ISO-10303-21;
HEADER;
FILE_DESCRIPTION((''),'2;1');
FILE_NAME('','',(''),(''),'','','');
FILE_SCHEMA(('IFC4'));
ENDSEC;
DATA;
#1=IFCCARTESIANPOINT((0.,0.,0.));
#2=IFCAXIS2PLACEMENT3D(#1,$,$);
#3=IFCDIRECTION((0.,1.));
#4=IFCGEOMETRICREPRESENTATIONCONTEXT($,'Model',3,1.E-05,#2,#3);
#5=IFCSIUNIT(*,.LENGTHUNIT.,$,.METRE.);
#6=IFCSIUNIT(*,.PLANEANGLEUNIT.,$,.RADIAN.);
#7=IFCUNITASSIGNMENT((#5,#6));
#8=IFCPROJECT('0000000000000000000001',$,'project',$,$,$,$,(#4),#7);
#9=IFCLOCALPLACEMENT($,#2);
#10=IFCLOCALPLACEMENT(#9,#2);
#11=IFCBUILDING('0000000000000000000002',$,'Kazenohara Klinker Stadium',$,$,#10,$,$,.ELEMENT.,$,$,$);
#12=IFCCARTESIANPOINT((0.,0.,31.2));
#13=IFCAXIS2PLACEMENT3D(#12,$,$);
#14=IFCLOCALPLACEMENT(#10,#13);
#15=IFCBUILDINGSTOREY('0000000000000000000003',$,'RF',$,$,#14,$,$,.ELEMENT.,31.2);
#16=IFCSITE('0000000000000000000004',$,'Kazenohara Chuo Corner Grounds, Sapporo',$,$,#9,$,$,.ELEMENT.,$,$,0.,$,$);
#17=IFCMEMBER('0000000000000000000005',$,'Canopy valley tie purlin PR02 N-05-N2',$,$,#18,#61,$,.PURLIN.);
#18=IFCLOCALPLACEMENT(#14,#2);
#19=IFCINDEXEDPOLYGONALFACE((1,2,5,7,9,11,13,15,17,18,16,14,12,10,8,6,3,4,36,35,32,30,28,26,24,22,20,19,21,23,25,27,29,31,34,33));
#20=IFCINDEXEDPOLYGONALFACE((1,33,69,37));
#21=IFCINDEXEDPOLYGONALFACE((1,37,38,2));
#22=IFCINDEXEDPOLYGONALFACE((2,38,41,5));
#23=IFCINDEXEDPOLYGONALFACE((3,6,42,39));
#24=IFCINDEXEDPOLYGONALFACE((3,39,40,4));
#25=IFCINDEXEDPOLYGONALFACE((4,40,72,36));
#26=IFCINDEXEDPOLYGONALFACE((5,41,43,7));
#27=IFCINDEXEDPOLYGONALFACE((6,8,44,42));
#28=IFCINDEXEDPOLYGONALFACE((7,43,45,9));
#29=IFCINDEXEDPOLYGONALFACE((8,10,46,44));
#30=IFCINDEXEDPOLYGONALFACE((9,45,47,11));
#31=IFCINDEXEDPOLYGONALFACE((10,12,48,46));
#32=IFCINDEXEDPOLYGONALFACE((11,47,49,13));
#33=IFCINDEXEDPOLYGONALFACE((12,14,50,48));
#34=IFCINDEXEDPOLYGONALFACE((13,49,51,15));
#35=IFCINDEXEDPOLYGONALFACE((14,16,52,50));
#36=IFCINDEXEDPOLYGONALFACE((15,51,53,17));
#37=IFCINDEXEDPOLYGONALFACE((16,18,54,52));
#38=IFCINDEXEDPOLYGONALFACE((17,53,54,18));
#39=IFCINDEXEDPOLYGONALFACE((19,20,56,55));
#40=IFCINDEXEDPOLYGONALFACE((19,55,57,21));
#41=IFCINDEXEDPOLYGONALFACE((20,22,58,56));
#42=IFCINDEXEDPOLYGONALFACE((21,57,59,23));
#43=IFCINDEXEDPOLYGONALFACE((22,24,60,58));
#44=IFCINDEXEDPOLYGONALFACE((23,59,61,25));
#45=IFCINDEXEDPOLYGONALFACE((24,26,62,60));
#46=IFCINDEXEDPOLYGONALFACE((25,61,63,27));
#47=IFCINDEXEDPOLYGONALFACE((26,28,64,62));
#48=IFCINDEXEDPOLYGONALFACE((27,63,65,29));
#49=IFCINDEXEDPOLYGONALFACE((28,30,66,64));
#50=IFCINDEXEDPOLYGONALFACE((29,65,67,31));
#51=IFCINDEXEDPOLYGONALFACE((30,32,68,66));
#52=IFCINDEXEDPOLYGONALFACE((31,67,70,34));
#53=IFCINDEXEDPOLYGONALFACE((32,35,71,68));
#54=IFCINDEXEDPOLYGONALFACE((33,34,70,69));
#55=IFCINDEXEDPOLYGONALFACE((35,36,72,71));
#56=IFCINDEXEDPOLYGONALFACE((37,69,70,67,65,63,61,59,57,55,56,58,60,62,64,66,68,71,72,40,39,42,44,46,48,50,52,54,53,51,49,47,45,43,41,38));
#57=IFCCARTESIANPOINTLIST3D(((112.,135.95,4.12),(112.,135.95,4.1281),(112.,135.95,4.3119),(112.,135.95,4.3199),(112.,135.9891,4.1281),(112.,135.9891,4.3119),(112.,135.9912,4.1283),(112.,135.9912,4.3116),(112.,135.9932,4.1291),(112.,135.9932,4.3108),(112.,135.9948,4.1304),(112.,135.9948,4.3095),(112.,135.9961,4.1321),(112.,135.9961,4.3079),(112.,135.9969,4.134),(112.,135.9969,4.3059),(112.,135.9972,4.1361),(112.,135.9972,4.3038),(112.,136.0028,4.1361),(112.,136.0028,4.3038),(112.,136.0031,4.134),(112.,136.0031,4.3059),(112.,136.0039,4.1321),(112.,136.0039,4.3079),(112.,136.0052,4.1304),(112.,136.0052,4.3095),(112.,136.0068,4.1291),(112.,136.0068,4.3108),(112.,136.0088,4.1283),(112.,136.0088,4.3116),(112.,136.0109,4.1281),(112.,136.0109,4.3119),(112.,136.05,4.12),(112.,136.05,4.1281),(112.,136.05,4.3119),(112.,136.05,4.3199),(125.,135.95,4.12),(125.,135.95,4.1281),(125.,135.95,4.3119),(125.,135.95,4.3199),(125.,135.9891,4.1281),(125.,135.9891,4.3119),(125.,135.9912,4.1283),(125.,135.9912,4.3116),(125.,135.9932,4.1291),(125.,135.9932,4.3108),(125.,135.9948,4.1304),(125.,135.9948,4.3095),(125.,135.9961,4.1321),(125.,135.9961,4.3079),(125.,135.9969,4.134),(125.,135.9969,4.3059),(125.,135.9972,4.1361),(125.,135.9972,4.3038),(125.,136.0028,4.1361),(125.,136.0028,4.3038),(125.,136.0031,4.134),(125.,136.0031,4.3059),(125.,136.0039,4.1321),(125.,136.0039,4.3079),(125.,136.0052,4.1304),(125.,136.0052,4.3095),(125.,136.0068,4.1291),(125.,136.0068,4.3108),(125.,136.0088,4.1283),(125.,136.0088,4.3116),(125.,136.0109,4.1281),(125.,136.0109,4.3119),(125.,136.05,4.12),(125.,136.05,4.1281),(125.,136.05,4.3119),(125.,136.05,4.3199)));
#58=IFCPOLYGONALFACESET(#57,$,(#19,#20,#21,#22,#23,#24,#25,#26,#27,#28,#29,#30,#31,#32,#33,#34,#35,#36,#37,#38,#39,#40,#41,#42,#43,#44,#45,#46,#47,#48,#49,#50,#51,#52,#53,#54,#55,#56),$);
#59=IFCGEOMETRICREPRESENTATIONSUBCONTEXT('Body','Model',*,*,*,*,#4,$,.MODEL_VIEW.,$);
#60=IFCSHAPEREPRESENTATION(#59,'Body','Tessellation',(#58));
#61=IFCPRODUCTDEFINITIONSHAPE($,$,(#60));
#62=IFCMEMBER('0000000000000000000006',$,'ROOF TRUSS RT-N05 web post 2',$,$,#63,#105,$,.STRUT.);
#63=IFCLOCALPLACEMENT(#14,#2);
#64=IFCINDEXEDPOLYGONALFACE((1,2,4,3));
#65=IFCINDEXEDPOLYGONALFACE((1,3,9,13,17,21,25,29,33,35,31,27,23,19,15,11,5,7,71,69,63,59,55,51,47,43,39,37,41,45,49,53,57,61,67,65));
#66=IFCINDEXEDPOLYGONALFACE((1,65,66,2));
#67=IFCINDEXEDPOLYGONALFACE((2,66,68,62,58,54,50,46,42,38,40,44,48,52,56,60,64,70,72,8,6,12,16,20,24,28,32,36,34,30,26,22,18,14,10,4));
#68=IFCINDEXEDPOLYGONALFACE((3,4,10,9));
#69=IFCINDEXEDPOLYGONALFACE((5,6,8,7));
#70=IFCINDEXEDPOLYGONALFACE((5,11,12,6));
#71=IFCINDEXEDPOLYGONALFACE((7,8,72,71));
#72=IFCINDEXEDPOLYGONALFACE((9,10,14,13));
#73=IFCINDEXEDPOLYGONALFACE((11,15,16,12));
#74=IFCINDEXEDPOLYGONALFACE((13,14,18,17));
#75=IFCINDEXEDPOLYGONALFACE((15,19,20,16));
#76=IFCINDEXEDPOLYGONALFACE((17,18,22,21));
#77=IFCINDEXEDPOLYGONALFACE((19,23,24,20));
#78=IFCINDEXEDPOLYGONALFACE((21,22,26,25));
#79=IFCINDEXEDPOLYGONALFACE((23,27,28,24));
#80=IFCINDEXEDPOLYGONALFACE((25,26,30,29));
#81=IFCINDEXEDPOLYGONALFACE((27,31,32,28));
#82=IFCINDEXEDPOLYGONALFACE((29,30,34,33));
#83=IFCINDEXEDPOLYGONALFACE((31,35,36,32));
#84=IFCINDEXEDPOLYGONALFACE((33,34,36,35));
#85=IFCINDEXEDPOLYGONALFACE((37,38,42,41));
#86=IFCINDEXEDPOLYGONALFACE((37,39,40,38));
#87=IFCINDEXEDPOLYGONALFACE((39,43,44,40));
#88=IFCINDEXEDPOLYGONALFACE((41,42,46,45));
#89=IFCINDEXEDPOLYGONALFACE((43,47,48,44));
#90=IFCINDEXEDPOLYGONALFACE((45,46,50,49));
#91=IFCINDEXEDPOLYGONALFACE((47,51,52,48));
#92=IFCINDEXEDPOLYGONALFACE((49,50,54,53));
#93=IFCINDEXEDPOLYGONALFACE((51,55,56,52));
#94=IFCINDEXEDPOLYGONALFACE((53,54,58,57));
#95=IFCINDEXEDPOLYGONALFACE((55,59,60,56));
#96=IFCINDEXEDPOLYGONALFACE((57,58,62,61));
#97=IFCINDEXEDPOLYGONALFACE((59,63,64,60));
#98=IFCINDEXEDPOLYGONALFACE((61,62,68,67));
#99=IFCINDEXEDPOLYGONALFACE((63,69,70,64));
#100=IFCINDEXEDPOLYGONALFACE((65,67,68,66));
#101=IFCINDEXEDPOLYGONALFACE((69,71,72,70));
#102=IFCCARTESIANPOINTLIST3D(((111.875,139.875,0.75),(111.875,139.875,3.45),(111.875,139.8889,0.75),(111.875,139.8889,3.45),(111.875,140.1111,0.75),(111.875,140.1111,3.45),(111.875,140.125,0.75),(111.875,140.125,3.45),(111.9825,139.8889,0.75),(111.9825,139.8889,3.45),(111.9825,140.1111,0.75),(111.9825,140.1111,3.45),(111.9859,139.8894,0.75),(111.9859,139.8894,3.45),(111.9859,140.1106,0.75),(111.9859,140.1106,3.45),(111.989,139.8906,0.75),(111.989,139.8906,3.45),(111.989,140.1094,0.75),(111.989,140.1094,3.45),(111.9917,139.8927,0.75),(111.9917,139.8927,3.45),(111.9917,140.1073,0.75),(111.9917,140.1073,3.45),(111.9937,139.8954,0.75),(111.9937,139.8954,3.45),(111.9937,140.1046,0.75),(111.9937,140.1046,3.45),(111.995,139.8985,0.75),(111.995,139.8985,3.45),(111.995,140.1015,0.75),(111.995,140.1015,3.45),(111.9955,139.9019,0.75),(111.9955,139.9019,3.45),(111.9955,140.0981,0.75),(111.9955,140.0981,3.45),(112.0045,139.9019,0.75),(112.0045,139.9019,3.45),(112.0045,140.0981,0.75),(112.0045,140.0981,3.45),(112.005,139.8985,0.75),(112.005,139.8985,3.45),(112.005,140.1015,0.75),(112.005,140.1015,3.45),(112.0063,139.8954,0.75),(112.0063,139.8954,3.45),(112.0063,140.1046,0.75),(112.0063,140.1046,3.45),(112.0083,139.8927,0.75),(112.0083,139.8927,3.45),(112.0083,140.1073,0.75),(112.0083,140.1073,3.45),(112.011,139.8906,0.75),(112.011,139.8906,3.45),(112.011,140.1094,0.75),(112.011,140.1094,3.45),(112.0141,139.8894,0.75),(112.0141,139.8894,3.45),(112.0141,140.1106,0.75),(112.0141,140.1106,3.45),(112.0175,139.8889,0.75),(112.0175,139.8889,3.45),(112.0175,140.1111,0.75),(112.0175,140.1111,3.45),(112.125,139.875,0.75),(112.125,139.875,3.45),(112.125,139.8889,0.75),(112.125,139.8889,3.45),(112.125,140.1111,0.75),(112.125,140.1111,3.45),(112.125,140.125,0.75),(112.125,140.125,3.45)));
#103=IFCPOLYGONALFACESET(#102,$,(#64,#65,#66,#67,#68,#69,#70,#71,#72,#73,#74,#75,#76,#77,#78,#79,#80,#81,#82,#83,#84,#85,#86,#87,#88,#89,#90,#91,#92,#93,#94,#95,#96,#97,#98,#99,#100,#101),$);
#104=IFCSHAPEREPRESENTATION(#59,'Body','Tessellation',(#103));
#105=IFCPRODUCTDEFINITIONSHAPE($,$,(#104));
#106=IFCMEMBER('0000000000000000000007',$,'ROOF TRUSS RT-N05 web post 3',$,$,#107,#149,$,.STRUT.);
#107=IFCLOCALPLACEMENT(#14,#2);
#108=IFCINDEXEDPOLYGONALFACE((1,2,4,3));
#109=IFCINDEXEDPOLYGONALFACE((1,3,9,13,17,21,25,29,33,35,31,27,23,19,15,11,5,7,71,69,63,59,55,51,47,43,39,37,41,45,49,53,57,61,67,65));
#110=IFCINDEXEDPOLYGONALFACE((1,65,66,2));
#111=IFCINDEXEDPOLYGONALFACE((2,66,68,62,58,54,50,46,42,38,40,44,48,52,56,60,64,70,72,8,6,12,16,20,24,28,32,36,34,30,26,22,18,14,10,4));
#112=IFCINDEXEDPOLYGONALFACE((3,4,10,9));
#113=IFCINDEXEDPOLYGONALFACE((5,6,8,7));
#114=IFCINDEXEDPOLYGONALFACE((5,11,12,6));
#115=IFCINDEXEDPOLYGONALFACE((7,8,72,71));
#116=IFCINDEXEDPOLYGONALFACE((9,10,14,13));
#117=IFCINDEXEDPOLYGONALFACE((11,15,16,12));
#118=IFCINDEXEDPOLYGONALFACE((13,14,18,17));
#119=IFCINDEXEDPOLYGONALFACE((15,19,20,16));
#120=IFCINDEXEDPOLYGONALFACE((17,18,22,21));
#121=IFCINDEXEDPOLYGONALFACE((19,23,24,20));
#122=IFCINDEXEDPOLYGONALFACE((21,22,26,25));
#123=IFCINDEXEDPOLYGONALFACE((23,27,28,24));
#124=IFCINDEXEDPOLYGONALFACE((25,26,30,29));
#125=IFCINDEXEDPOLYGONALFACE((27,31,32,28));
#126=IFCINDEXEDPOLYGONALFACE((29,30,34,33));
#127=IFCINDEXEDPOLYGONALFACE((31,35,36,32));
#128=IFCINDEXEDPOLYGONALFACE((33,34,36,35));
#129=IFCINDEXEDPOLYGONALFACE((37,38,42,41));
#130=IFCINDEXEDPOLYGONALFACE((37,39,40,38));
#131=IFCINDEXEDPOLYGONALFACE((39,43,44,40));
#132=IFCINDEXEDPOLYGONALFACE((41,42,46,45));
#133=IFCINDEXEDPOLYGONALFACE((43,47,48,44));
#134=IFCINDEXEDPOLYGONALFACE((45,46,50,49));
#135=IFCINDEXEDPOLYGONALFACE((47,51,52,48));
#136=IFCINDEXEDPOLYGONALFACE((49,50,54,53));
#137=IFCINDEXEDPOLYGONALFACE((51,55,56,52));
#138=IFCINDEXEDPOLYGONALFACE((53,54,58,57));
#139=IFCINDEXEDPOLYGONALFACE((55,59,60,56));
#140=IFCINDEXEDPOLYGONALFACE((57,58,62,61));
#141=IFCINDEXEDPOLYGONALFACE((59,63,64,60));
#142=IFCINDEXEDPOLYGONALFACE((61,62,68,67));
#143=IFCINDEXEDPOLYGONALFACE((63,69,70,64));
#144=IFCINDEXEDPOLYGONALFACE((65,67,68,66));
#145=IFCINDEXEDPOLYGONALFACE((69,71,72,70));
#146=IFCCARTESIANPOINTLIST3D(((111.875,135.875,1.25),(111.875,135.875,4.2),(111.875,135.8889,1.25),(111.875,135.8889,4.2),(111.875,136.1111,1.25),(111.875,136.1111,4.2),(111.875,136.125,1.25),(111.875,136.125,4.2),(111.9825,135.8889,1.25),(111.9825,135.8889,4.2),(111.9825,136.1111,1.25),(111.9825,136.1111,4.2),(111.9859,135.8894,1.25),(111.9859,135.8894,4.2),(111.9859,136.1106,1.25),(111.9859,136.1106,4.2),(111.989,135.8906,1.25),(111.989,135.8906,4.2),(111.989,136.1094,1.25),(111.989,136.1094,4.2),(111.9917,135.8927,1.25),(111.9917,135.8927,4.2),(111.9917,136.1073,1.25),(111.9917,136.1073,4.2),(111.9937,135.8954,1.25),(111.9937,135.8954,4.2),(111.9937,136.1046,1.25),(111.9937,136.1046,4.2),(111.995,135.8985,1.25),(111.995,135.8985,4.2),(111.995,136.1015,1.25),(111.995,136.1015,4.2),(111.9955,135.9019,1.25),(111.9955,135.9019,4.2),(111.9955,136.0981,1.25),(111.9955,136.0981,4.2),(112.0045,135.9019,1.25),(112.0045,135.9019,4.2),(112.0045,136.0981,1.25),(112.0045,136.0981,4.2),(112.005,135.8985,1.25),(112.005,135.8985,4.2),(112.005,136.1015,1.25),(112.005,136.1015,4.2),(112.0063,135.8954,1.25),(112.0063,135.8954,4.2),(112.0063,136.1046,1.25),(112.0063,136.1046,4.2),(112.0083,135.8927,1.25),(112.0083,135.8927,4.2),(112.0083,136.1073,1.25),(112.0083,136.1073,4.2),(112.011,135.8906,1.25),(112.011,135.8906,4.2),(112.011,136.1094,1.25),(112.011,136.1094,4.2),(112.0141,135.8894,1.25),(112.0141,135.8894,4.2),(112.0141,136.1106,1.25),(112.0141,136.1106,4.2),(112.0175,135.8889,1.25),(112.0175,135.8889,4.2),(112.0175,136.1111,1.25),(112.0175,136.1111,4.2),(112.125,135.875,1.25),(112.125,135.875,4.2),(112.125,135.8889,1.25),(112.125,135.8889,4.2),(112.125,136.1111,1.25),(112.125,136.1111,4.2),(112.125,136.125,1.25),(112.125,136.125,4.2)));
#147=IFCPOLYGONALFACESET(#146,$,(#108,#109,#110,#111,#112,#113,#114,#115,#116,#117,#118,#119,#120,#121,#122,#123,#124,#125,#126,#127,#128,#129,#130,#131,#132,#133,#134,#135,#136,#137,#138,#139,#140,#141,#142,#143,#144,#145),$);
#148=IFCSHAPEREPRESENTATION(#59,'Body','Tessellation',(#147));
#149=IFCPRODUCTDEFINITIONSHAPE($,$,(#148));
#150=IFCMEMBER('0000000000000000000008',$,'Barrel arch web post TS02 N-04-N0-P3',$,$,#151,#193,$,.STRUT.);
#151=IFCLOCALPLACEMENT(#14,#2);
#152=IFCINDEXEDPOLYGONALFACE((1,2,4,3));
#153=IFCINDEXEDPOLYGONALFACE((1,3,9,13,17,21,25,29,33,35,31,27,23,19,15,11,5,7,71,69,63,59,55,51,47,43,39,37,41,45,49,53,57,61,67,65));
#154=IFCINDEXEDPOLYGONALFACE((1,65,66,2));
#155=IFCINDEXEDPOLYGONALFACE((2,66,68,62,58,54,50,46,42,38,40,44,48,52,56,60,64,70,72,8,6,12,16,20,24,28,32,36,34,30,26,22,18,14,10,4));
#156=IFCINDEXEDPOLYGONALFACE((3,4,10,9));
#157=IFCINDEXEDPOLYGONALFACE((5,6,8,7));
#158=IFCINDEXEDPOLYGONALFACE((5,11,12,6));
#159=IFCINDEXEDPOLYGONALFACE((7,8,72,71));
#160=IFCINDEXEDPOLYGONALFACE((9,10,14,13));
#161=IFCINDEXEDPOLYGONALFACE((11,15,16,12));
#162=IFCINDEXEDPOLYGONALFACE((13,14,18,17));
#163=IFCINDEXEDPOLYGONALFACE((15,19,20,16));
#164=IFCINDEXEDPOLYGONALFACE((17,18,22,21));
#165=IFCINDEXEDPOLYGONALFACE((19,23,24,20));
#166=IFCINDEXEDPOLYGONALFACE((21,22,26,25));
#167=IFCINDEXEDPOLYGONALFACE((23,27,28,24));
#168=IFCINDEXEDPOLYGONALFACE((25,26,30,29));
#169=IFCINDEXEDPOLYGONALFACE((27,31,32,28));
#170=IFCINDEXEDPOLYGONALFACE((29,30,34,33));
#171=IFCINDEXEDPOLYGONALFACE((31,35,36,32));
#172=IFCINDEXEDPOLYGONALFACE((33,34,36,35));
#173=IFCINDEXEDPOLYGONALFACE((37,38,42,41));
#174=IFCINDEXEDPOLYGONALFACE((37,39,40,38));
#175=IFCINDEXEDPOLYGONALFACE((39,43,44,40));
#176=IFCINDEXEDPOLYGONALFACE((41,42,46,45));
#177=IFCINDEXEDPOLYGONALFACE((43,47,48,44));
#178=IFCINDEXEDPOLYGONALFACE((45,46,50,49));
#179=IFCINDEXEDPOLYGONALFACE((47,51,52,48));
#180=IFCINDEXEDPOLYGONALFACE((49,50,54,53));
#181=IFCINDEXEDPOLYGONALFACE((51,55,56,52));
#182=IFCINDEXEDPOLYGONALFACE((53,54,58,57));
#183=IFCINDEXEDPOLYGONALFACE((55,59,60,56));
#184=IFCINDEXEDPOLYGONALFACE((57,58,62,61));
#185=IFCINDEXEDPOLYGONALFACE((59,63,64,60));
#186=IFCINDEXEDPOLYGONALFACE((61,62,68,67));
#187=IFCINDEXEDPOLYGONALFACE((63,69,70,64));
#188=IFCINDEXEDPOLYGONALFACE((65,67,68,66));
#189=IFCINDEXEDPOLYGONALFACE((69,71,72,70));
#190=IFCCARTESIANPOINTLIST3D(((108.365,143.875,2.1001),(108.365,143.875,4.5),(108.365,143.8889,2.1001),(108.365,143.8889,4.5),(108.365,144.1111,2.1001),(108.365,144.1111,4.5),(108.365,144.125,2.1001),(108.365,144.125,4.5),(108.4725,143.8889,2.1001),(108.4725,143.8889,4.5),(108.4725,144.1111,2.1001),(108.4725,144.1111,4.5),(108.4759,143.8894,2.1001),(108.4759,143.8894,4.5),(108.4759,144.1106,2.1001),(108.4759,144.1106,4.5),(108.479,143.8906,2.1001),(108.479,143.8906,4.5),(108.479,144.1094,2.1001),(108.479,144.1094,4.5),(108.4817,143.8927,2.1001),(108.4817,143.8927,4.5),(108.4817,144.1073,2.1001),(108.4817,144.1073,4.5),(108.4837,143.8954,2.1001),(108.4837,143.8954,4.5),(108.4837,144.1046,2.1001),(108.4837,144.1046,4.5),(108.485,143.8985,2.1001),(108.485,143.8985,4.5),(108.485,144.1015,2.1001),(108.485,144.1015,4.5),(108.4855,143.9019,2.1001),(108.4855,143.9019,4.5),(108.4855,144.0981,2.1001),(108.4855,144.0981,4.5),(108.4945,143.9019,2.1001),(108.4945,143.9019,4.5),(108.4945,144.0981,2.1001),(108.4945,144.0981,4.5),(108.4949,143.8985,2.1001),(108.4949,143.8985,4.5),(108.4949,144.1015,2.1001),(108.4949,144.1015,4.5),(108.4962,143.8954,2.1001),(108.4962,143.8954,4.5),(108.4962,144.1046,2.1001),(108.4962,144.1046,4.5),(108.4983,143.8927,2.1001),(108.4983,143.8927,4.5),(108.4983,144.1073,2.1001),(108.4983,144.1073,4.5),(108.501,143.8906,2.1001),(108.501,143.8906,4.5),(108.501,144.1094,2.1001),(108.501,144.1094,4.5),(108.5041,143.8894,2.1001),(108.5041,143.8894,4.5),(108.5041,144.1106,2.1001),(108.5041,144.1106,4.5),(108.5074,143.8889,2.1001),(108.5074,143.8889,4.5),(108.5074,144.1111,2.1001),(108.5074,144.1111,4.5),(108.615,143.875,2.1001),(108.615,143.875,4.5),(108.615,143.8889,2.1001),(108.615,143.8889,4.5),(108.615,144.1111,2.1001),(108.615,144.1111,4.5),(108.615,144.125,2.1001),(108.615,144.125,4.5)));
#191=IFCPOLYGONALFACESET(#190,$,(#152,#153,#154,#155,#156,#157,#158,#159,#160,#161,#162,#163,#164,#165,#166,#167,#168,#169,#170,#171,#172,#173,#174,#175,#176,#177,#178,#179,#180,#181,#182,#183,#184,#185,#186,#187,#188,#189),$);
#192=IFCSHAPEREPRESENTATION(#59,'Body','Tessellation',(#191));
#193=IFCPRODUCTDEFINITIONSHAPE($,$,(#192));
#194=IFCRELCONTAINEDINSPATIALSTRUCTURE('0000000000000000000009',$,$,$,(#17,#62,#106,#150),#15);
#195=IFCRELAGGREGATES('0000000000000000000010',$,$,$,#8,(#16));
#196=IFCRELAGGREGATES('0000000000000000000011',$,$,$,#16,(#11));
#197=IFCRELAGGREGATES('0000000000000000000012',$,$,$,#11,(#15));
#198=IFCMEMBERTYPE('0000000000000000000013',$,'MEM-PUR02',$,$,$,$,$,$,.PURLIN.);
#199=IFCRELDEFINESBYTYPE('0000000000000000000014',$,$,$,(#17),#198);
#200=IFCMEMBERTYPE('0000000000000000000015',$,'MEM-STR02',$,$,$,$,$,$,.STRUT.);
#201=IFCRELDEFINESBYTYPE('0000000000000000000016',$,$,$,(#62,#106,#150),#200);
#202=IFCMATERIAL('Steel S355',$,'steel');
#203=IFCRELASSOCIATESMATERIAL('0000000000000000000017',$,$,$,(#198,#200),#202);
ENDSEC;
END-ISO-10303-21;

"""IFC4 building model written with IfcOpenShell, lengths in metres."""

from ifc_helpers import new_model, si_unit, direction, frame, origin, origin_2d, place, context, subcontext, project, spatial, i_section, extrude, material, material_profile, profile_set, type_object, element, save


model = new_model("IFC4")

# Units and contexts
model_context = context("Model", 3, precision=1e-05, world=origin(), true_north=direction((0.0, 1.0)))
body_context = subcontext(model_context, "Body", "Model", "MODEL_VIEW")
ifc_project = project(units=[si_unit("LENGTHUNIT", "METRE"), si_unit("PLANEANGLEUNIT", "RADIAN")], contexts=[model_context])

# Site, building, storey
site_placement = place(None, origin())
site = spatial("IfcSite", under=ifc_project, at=site_placement, Name="Kazenohara Chuo Corner Grounds, Sapporo", CompositionType="ELEMENT", RefElevation=0.0)
building_placement = place(site_placement, origin())
building = spatial("IfcBuilding", under=site, at=building_placement, Name="Kazenohara Klinker Stadium", CompositionType="ELEMENT")
storey_placement = place(building_placement, frame((0.0, 0.0, 31.2)))
storey = spatial("IfcBuildingStorey", under=building, at=storey_placement, Name="RF", CompositionType="ELEMENT", Elevation=31.2)

# Members
ifc_material_1 = material(Name="Steel S355", Category="steel")
ifc_material_profile_1 = material_profile(ifc_material_1, i_section(OverallWidth=0.1001, OverallDepth=0.2, WebThickness=0.0056, FlangeThickness=0.0081, FilletRadius=0.0081, at=origin_2d()), Name="H-200x100x5.5x8")
ifc_profile_set_1 = profile_set([ifc_material_profile_1], Name="Steel S355")
member_type_1 = type_object("IfcMemberType", Name="MEM-PUR02", PredefinedType="PURLIN", material=ifc_profile_set_1)
member_1_placement = place(storey_placement, frame((112.0, 136.0, 4.22), z_axis=(1.0, 0.0, 0.0), x_axis=(0.0, 1.0, 0.0)))
element("IfcMember", 1, at=member_1_placement, inside=storey, type_object=member_type_1, Name="Canopy valley tie purlin PR02 N-05-N2", PredefinedType="PURLIN", context=body_context, shape_type="SweptSolid", body=[
    extrude(i_section(OverallWidth=0.1001, OverallDepth=0.2, WebThickness=0.0056, FlangeThickness=0.0081, FilletRadius=0.0081, at=origin_2d()), origin(), (0.0, 0.0, 1.0), 13.0),
])
ifc_material_profile_2 = material_profile(ifc_material_1, i_section(OverallWidth=0.25, OverallDepth=0.25, WebThickness=0.009, FlangeThickness=0.0139, FilletRadius=0.0129, at=origin_2d()), Name="H-250x250x9x14")
ifc_profile_set_2 = profile_set([ifc_material_profile_2], Name="Steel S355")
member_type_2 = type_object("IfcMemberType", Name="MEM-STR02", PredefinedType="STRUT", material=ifc_profile_set_2)
member_2_placement = place(storey_placement, frame((112.0, 140.0, 0.75), z_axis=(0.0, 0.0, 1.0), x_axis=(1.0, 0.0, 0.0)))
element("IfcMember", 2, at=member_2_placement, inside=storey, type_object=member_type_2, Name="ROOF TRUSS RT-N05 web post 2", PredefinedType="STRUT", context=body_context, shape_type="SweptSolid", body=[
    extrude(i_section(OverallWidth=0.25, OverallDepth=0.25, WebThickness=0.009, FlangeThickness=0.0139, FilletRadius=0.0129, at=origin_2d()), origin(), (0.0, 0.0, 1.0), 2.7),
])
member_3_placement = place(storey_placement, frame((112.0, 136.0, 1.25), z_axis=(0.0, 0.0, 1.0), x_axis=(1.0, 0.0, 0.0)))
element("IfcMember", 3, at=member_3_placement, inside=storey, type_object=member_type_2, Name="ROOF TRUSS RT-N05 web post 3", PredefinedType="STRUT", context=body_context, shape_type="SweptSolid", body=[
    extrude(i_section(OverallWidth=0.25, OverallDepth=0.25, WebThickness=0.009, FlangeThickness=0.0139, FilletRadius=0.0129, at=origin_2d()), origin(), (0.0, 0.0, 1.0), 2.95),
])
member_4_placement = place(storey_placement, frame((108.49, 144.0, 2.1001), z_axis=(0.0, 0.0, 1.0), x_axis=(1.0, 0.0, 0.0)))
element("IfcMember", 4, at=member_4_placement, inside=storey, type_object=member_type_2, Name="Barrel arch web post TS02 N-04-N0-P3", PredefinedType="STRUT", context=body_context, shape_type="SweptSolid", body=[
    extrude(i_section(OverallWidth=0.25, OverallDepth=0.25, WebThickness=0.009, FlangeThickness=0.0139, FilletRadius=0.0129, at=origin_2d()), origin(), (0.0, 0.0, 1.0), 2.3999),
])

save(model, "model.ifc")
